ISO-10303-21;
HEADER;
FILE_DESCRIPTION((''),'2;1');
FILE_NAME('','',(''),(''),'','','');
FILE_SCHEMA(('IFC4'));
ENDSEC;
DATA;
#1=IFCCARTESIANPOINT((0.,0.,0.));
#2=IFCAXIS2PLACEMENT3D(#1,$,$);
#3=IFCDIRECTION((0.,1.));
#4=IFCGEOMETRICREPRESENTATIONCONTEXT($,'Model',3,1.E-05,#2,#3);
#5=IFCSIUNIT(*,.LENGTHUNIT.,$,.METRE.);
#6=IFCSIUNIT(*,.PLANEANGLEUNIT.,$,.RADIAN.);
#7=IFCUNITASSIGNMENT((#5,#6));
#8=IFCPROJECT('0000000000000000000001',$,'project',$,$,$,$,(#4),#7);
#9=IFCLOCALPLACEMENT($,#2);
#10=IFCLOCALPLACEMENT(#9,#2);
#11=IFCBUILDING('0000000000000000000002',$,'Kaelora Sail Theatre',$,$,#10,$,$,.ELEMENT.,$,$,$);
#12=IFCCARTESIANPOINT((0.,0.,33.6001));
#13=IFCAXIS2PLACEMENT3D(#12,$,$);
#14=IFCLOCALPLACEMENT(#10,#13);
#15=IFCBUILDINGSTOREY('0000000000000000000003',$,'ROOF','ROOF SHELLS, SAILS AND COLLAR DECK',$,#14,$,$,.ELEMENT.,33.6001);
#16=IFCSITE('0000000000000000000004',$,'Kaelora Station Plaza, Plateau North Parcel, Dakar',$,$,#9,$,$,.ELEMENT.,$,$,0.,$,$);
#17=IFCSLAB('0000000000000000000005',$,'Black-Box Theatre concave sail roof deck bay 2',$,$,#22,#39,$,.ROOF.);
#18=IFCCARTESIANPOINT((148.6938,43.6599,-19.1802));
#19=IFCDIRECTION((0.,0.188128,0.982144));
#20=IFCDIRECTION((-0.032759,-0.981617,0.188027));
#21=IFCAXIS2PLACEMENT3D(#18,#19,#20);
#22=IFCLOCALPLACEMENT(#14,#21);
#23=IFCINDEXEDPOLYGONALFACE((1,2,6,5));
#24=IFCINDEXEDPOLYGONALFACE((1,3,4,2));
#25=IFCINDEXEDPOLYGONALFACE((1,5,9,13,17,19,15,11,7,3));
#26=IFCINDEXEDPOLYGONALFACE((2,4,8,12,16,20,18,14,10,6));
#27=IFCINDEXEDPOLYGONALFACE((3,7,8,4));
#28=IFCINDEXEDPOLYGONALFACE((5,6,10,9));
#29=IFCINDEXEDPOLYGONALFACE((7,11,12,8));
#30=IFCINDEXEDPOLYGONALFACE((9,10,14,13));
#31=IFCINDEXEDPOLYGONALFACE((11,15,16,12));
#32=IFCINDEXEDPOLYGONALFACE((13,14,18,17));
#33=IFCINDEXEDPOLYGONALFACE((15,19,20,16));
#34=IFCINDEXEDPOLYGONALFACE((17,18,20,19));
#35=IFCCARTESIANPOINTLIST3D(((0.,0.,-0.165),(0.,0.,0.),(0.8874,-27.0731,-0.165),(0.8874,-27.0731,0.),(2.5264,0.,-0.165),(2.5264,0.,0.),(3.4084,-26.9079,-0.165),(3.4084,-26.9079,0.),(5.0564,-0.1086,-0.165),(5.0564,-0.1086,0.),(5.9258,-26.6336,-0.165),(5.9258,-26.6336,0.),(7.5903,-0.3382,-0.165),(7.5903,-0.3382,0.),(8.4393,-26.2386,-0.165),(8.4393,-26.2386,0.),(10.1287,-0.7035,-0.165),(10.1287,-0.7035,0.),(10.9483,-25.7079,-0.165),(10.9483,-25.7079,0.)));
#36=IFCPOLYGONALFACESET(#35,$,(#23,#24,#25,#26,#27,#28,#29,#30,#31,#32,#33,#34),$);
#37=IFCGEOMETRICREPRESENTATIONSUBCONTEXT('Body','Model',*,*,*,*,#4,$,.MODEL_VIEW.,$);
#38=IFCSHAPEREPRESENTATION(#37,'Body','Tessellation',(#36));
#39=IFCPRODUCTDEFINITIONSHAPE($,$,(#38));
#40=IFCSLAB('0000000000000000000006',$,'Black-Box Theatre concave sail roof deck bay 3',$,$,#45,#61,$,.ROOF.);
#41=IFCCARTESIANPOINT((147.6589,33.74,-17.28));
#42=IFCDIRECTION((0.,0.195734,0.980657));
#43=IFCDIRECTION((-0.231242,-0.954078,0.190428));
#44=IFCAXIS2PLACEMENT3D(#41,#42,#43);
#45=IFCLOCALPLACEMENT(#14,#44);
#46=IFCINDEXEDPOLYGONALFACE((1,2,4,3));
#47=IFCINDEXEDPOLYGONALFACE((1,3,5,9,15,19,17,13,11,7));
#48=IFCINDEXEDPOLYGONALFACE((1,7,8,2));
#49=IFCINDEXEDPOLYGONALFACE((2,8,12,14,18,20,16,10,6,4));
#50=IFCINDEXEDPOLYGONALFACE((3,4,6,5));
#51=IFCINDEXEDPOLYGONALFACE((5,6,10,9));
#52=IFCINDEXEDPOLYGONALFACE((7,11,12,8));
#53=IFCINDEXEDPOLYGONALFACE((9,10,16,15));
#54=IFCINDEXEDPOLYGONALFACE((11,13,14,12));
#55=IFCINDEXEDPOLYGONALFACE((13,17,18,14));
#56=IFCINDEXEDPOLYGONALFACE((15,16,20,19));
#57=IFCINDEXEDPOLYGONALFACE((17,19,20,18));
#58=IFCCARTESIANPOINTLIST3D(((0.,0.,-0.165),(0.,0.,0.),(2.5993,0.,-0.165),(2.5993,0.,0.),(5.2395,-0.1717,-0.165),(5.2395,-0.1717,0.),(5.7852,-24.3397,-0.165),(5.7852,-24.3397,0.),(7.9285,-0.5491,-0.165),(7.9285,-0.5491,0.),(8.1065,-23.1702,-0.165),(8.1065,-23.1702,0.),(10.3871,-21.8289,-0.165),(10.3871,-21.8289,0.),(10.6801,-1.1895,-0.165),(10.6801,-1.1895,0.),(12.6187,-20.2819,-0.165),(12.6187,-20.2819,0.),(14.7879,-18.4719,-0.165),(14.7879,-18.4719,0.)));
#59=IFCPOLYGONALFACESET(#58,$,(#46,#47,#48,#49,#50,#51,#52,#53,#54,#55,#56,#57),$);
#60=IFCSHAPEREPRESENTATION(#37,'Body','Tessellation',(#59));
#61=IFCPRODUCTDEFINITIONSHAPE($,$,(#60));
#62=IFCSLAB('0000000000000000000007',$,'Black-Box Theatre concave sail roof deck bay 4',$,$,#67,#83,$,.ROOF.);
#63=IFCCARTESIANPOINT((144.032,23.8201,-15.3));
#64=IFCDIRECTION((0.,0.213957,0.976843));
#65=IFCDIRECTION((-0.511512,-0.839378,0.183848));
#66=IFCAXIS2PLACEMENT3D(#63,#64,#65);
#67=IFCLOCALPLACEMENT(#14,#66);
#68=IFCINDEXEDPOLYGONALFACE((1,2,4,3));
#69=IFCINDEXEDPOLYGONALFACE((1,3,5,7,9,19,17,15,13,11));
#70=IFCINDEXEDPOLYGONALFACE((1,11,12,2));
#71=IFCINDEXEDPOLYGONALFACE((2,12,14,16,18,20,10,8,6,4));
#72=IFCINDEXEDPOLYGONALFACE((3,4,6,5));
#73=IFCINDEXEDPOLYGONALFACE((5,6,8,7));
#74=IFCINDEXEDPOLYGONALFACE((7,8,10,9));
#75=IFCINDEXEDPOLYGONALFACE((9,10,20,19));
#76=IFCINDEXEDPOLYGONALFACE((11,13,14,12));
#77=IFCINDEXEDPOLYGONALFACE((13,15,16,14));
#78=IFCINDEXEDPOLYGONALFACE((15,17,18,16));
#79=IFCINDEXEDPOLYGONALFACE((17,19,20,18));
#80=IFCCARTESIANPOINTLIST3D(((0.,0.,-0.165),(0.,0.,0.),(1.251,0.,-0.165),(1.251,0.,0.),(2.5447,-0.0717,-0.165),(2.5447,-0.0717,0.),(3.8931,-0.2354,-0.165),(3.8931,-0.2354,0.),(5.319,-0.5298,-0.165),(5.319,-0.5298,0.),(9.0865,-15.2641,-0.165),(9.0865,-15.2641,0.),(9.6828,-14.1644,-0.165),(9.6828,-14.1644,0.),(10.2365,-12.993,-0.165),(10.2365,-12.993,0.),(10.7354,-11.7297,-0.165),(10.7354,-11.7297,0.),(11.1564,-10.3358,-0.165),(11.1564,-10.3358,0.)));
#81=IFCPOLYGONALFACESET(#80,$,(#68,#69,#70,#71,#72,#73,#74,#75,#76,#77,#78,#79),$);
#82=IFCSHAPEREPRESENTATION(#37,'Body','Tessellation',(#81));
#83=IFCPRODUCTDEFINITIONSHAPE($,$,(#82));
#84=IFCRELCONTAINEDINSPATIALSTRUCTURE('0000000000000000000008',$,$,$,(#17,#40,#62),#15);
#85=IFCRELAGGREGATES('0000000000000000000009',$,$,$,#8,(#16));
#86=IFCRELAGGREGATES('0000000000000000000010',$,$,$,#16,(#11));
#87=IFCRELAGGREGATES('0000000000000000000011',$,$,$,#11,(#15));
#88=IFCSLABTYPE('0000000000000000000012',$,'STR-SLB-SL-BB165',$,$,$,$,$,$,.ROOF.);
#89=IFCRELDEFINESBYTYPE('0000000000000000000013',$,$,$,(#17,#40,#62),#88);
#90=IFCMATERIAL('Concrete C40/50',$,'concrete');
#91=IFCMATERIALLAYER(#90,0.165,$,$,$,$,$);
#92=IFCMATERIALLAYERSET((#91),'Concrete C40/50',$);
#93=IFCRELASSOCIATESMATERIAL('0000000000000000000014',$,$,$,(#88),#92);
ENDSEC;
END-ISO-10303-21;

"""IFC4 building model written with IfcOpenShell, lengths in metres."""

from ifc_helpers import new_model, si_unit, direction, frame, origin, place, context, subcontext, project, spatial, polyline, outline, extrude, material, layer, layer_set, type_object, element, save


model = new_model("IFC4")

# Units and contexts
model_context = context("Model", 3, precision=1e-05, world=origin(), true_north=direction((0.0, 1.0)))
body_context = subcontext(model_context, "Body", "Model", "MODEL_VIEW")
ifc_project = project(units=[si_unit("LENGTHUNIT", "METRE"), si_unit("PLANEANGLEUNIT", "RADIAN")], contexts=[model_context])

# Site, building, storey
site_placement = place(None, origin())
site = spatial("IfcSite", under=ifc_project, at=site_placement, Name="Kaelora Station Plaza, Plateau North Parcel, Dakar", CompositionType="ELEMENT", RefElevation=0.0)
building_placement = place(site_placement, origin())
building = spatial("IfcBuilding", under=site, at=building_placement, Name="Kaelora Sail Theatre", CompositionType="ELEMENT")
storey_placement = place(building_placement, frame((0.0, 0.0, 33.6001)))
storey = spatial("IfcBuildingStorey", under=building, at=storey_placement, Name="ROOF", Description="ROOF SHELLS, SAILS AND COLLAR DECK", CompositionType="ELEMENT", Elevation=33.6001)

# Slabs
ifc_material_1 = material(Name="Concrete C40/50", Category="concrete")
ifc_layer_1 = layer(ifc_material_1, 0.165)
ifc_layer_set_1 = layer_set([ifc_layer_1], Name="Concrete C40/50")
slab_type = type_object("IfcSlabType", Name="STR-SLB-SL-BB165", PredefinedType="ROOF", material=ifc_layer_set_1)
slab_1_placement = place(storey_placement, frame((148.6938, 43.6599, -19.1802), z_axis=(0.0, 0.188128, 0.982144), x_axis=(-0.032759, -0.981617, 0.188027)))
element("IfcSlab", 1, at=slab_1_placement, inside=storey, type_object=slab_type, Name="Black-Box Theatre concave sail roof deck bay 2", PredefinedType="ROOF", context=body_context, shape_type="SweptSolid", body=[
    extrude(outline(polyline([(0.0, 0.0), (2.5264, 0.0), (5.0564, -0.1086), (7.5903, -0.3382), (10.1287, -0.7035), (10.9483, -25.7079), (8.4393, -26.2386), (5.9258, -26.6336), (3.4084, -26.9079), (0.8874, -27.0731), (0.0, 0.0)])), origin(), (0.0, 0.0, -1.0), 0.165),
])
slab_2_placement = place(storey_placement, frame((147.6589, 33.74, -17.28), z_axis=(0.0, 0.195734, 0.980657), x_axis=(-0.231242, -0.954078, 0.190428)))
element("IfcSlab", 2, at=slab_2_placement, inside=storey, type_object=slab_type, Name="Black-Box Theatre concave sail roof deck bay 3", PredefinedType="ROOF", context=body_context, shape_type="SweptSolid", body=[
    extrude(outline(polyline([(0.0, 0.0), (2.5993, 0.0), (5.2395, -0.1717), (7.9285, -0.5491), (10.6801, -1.1895), (14.7879, -18.4719), (12.6187, -20.2819), (10.3871, -21.8289), (8.1065, -23.1702), (5.7852, -24.3397), (0.0, 0.0)])), origin(), (0.0, 0.0, -1.0), 0.165),
])
slab_3_placement = place(storey_placement, frame((144.032, 23.8201, -15.3), z_axis=(0.0, 0.213957, 0.976843), x_axis=(-0.511512, -0.839378, 0.183848)))
element("IfcSlab", 3, at=slab_3_placement, inside=storey, type_object=slab_type, Name="Black-Box Theatre concave sail roof deck bay 4", PredefinedType="ROOF", context=body_context, shape_type="SweptSolid", body=[
    extrude(outline(polyline([(0.0, 0.0), (1.251, 0.0), (2.5447, -0.0717), (3.8931, -0.2354), (5.319, -0.5298), (11.1564, -10.3358), (10.7354, -11.7297), (10.2365, -12.993), (9.6828, -14.1644), (9.0865, -15.2641), (0.0, 0.0)])), origin(), (0.0, 0.0, -1.0), 0.165),
])

save(model, "model.ifc")
